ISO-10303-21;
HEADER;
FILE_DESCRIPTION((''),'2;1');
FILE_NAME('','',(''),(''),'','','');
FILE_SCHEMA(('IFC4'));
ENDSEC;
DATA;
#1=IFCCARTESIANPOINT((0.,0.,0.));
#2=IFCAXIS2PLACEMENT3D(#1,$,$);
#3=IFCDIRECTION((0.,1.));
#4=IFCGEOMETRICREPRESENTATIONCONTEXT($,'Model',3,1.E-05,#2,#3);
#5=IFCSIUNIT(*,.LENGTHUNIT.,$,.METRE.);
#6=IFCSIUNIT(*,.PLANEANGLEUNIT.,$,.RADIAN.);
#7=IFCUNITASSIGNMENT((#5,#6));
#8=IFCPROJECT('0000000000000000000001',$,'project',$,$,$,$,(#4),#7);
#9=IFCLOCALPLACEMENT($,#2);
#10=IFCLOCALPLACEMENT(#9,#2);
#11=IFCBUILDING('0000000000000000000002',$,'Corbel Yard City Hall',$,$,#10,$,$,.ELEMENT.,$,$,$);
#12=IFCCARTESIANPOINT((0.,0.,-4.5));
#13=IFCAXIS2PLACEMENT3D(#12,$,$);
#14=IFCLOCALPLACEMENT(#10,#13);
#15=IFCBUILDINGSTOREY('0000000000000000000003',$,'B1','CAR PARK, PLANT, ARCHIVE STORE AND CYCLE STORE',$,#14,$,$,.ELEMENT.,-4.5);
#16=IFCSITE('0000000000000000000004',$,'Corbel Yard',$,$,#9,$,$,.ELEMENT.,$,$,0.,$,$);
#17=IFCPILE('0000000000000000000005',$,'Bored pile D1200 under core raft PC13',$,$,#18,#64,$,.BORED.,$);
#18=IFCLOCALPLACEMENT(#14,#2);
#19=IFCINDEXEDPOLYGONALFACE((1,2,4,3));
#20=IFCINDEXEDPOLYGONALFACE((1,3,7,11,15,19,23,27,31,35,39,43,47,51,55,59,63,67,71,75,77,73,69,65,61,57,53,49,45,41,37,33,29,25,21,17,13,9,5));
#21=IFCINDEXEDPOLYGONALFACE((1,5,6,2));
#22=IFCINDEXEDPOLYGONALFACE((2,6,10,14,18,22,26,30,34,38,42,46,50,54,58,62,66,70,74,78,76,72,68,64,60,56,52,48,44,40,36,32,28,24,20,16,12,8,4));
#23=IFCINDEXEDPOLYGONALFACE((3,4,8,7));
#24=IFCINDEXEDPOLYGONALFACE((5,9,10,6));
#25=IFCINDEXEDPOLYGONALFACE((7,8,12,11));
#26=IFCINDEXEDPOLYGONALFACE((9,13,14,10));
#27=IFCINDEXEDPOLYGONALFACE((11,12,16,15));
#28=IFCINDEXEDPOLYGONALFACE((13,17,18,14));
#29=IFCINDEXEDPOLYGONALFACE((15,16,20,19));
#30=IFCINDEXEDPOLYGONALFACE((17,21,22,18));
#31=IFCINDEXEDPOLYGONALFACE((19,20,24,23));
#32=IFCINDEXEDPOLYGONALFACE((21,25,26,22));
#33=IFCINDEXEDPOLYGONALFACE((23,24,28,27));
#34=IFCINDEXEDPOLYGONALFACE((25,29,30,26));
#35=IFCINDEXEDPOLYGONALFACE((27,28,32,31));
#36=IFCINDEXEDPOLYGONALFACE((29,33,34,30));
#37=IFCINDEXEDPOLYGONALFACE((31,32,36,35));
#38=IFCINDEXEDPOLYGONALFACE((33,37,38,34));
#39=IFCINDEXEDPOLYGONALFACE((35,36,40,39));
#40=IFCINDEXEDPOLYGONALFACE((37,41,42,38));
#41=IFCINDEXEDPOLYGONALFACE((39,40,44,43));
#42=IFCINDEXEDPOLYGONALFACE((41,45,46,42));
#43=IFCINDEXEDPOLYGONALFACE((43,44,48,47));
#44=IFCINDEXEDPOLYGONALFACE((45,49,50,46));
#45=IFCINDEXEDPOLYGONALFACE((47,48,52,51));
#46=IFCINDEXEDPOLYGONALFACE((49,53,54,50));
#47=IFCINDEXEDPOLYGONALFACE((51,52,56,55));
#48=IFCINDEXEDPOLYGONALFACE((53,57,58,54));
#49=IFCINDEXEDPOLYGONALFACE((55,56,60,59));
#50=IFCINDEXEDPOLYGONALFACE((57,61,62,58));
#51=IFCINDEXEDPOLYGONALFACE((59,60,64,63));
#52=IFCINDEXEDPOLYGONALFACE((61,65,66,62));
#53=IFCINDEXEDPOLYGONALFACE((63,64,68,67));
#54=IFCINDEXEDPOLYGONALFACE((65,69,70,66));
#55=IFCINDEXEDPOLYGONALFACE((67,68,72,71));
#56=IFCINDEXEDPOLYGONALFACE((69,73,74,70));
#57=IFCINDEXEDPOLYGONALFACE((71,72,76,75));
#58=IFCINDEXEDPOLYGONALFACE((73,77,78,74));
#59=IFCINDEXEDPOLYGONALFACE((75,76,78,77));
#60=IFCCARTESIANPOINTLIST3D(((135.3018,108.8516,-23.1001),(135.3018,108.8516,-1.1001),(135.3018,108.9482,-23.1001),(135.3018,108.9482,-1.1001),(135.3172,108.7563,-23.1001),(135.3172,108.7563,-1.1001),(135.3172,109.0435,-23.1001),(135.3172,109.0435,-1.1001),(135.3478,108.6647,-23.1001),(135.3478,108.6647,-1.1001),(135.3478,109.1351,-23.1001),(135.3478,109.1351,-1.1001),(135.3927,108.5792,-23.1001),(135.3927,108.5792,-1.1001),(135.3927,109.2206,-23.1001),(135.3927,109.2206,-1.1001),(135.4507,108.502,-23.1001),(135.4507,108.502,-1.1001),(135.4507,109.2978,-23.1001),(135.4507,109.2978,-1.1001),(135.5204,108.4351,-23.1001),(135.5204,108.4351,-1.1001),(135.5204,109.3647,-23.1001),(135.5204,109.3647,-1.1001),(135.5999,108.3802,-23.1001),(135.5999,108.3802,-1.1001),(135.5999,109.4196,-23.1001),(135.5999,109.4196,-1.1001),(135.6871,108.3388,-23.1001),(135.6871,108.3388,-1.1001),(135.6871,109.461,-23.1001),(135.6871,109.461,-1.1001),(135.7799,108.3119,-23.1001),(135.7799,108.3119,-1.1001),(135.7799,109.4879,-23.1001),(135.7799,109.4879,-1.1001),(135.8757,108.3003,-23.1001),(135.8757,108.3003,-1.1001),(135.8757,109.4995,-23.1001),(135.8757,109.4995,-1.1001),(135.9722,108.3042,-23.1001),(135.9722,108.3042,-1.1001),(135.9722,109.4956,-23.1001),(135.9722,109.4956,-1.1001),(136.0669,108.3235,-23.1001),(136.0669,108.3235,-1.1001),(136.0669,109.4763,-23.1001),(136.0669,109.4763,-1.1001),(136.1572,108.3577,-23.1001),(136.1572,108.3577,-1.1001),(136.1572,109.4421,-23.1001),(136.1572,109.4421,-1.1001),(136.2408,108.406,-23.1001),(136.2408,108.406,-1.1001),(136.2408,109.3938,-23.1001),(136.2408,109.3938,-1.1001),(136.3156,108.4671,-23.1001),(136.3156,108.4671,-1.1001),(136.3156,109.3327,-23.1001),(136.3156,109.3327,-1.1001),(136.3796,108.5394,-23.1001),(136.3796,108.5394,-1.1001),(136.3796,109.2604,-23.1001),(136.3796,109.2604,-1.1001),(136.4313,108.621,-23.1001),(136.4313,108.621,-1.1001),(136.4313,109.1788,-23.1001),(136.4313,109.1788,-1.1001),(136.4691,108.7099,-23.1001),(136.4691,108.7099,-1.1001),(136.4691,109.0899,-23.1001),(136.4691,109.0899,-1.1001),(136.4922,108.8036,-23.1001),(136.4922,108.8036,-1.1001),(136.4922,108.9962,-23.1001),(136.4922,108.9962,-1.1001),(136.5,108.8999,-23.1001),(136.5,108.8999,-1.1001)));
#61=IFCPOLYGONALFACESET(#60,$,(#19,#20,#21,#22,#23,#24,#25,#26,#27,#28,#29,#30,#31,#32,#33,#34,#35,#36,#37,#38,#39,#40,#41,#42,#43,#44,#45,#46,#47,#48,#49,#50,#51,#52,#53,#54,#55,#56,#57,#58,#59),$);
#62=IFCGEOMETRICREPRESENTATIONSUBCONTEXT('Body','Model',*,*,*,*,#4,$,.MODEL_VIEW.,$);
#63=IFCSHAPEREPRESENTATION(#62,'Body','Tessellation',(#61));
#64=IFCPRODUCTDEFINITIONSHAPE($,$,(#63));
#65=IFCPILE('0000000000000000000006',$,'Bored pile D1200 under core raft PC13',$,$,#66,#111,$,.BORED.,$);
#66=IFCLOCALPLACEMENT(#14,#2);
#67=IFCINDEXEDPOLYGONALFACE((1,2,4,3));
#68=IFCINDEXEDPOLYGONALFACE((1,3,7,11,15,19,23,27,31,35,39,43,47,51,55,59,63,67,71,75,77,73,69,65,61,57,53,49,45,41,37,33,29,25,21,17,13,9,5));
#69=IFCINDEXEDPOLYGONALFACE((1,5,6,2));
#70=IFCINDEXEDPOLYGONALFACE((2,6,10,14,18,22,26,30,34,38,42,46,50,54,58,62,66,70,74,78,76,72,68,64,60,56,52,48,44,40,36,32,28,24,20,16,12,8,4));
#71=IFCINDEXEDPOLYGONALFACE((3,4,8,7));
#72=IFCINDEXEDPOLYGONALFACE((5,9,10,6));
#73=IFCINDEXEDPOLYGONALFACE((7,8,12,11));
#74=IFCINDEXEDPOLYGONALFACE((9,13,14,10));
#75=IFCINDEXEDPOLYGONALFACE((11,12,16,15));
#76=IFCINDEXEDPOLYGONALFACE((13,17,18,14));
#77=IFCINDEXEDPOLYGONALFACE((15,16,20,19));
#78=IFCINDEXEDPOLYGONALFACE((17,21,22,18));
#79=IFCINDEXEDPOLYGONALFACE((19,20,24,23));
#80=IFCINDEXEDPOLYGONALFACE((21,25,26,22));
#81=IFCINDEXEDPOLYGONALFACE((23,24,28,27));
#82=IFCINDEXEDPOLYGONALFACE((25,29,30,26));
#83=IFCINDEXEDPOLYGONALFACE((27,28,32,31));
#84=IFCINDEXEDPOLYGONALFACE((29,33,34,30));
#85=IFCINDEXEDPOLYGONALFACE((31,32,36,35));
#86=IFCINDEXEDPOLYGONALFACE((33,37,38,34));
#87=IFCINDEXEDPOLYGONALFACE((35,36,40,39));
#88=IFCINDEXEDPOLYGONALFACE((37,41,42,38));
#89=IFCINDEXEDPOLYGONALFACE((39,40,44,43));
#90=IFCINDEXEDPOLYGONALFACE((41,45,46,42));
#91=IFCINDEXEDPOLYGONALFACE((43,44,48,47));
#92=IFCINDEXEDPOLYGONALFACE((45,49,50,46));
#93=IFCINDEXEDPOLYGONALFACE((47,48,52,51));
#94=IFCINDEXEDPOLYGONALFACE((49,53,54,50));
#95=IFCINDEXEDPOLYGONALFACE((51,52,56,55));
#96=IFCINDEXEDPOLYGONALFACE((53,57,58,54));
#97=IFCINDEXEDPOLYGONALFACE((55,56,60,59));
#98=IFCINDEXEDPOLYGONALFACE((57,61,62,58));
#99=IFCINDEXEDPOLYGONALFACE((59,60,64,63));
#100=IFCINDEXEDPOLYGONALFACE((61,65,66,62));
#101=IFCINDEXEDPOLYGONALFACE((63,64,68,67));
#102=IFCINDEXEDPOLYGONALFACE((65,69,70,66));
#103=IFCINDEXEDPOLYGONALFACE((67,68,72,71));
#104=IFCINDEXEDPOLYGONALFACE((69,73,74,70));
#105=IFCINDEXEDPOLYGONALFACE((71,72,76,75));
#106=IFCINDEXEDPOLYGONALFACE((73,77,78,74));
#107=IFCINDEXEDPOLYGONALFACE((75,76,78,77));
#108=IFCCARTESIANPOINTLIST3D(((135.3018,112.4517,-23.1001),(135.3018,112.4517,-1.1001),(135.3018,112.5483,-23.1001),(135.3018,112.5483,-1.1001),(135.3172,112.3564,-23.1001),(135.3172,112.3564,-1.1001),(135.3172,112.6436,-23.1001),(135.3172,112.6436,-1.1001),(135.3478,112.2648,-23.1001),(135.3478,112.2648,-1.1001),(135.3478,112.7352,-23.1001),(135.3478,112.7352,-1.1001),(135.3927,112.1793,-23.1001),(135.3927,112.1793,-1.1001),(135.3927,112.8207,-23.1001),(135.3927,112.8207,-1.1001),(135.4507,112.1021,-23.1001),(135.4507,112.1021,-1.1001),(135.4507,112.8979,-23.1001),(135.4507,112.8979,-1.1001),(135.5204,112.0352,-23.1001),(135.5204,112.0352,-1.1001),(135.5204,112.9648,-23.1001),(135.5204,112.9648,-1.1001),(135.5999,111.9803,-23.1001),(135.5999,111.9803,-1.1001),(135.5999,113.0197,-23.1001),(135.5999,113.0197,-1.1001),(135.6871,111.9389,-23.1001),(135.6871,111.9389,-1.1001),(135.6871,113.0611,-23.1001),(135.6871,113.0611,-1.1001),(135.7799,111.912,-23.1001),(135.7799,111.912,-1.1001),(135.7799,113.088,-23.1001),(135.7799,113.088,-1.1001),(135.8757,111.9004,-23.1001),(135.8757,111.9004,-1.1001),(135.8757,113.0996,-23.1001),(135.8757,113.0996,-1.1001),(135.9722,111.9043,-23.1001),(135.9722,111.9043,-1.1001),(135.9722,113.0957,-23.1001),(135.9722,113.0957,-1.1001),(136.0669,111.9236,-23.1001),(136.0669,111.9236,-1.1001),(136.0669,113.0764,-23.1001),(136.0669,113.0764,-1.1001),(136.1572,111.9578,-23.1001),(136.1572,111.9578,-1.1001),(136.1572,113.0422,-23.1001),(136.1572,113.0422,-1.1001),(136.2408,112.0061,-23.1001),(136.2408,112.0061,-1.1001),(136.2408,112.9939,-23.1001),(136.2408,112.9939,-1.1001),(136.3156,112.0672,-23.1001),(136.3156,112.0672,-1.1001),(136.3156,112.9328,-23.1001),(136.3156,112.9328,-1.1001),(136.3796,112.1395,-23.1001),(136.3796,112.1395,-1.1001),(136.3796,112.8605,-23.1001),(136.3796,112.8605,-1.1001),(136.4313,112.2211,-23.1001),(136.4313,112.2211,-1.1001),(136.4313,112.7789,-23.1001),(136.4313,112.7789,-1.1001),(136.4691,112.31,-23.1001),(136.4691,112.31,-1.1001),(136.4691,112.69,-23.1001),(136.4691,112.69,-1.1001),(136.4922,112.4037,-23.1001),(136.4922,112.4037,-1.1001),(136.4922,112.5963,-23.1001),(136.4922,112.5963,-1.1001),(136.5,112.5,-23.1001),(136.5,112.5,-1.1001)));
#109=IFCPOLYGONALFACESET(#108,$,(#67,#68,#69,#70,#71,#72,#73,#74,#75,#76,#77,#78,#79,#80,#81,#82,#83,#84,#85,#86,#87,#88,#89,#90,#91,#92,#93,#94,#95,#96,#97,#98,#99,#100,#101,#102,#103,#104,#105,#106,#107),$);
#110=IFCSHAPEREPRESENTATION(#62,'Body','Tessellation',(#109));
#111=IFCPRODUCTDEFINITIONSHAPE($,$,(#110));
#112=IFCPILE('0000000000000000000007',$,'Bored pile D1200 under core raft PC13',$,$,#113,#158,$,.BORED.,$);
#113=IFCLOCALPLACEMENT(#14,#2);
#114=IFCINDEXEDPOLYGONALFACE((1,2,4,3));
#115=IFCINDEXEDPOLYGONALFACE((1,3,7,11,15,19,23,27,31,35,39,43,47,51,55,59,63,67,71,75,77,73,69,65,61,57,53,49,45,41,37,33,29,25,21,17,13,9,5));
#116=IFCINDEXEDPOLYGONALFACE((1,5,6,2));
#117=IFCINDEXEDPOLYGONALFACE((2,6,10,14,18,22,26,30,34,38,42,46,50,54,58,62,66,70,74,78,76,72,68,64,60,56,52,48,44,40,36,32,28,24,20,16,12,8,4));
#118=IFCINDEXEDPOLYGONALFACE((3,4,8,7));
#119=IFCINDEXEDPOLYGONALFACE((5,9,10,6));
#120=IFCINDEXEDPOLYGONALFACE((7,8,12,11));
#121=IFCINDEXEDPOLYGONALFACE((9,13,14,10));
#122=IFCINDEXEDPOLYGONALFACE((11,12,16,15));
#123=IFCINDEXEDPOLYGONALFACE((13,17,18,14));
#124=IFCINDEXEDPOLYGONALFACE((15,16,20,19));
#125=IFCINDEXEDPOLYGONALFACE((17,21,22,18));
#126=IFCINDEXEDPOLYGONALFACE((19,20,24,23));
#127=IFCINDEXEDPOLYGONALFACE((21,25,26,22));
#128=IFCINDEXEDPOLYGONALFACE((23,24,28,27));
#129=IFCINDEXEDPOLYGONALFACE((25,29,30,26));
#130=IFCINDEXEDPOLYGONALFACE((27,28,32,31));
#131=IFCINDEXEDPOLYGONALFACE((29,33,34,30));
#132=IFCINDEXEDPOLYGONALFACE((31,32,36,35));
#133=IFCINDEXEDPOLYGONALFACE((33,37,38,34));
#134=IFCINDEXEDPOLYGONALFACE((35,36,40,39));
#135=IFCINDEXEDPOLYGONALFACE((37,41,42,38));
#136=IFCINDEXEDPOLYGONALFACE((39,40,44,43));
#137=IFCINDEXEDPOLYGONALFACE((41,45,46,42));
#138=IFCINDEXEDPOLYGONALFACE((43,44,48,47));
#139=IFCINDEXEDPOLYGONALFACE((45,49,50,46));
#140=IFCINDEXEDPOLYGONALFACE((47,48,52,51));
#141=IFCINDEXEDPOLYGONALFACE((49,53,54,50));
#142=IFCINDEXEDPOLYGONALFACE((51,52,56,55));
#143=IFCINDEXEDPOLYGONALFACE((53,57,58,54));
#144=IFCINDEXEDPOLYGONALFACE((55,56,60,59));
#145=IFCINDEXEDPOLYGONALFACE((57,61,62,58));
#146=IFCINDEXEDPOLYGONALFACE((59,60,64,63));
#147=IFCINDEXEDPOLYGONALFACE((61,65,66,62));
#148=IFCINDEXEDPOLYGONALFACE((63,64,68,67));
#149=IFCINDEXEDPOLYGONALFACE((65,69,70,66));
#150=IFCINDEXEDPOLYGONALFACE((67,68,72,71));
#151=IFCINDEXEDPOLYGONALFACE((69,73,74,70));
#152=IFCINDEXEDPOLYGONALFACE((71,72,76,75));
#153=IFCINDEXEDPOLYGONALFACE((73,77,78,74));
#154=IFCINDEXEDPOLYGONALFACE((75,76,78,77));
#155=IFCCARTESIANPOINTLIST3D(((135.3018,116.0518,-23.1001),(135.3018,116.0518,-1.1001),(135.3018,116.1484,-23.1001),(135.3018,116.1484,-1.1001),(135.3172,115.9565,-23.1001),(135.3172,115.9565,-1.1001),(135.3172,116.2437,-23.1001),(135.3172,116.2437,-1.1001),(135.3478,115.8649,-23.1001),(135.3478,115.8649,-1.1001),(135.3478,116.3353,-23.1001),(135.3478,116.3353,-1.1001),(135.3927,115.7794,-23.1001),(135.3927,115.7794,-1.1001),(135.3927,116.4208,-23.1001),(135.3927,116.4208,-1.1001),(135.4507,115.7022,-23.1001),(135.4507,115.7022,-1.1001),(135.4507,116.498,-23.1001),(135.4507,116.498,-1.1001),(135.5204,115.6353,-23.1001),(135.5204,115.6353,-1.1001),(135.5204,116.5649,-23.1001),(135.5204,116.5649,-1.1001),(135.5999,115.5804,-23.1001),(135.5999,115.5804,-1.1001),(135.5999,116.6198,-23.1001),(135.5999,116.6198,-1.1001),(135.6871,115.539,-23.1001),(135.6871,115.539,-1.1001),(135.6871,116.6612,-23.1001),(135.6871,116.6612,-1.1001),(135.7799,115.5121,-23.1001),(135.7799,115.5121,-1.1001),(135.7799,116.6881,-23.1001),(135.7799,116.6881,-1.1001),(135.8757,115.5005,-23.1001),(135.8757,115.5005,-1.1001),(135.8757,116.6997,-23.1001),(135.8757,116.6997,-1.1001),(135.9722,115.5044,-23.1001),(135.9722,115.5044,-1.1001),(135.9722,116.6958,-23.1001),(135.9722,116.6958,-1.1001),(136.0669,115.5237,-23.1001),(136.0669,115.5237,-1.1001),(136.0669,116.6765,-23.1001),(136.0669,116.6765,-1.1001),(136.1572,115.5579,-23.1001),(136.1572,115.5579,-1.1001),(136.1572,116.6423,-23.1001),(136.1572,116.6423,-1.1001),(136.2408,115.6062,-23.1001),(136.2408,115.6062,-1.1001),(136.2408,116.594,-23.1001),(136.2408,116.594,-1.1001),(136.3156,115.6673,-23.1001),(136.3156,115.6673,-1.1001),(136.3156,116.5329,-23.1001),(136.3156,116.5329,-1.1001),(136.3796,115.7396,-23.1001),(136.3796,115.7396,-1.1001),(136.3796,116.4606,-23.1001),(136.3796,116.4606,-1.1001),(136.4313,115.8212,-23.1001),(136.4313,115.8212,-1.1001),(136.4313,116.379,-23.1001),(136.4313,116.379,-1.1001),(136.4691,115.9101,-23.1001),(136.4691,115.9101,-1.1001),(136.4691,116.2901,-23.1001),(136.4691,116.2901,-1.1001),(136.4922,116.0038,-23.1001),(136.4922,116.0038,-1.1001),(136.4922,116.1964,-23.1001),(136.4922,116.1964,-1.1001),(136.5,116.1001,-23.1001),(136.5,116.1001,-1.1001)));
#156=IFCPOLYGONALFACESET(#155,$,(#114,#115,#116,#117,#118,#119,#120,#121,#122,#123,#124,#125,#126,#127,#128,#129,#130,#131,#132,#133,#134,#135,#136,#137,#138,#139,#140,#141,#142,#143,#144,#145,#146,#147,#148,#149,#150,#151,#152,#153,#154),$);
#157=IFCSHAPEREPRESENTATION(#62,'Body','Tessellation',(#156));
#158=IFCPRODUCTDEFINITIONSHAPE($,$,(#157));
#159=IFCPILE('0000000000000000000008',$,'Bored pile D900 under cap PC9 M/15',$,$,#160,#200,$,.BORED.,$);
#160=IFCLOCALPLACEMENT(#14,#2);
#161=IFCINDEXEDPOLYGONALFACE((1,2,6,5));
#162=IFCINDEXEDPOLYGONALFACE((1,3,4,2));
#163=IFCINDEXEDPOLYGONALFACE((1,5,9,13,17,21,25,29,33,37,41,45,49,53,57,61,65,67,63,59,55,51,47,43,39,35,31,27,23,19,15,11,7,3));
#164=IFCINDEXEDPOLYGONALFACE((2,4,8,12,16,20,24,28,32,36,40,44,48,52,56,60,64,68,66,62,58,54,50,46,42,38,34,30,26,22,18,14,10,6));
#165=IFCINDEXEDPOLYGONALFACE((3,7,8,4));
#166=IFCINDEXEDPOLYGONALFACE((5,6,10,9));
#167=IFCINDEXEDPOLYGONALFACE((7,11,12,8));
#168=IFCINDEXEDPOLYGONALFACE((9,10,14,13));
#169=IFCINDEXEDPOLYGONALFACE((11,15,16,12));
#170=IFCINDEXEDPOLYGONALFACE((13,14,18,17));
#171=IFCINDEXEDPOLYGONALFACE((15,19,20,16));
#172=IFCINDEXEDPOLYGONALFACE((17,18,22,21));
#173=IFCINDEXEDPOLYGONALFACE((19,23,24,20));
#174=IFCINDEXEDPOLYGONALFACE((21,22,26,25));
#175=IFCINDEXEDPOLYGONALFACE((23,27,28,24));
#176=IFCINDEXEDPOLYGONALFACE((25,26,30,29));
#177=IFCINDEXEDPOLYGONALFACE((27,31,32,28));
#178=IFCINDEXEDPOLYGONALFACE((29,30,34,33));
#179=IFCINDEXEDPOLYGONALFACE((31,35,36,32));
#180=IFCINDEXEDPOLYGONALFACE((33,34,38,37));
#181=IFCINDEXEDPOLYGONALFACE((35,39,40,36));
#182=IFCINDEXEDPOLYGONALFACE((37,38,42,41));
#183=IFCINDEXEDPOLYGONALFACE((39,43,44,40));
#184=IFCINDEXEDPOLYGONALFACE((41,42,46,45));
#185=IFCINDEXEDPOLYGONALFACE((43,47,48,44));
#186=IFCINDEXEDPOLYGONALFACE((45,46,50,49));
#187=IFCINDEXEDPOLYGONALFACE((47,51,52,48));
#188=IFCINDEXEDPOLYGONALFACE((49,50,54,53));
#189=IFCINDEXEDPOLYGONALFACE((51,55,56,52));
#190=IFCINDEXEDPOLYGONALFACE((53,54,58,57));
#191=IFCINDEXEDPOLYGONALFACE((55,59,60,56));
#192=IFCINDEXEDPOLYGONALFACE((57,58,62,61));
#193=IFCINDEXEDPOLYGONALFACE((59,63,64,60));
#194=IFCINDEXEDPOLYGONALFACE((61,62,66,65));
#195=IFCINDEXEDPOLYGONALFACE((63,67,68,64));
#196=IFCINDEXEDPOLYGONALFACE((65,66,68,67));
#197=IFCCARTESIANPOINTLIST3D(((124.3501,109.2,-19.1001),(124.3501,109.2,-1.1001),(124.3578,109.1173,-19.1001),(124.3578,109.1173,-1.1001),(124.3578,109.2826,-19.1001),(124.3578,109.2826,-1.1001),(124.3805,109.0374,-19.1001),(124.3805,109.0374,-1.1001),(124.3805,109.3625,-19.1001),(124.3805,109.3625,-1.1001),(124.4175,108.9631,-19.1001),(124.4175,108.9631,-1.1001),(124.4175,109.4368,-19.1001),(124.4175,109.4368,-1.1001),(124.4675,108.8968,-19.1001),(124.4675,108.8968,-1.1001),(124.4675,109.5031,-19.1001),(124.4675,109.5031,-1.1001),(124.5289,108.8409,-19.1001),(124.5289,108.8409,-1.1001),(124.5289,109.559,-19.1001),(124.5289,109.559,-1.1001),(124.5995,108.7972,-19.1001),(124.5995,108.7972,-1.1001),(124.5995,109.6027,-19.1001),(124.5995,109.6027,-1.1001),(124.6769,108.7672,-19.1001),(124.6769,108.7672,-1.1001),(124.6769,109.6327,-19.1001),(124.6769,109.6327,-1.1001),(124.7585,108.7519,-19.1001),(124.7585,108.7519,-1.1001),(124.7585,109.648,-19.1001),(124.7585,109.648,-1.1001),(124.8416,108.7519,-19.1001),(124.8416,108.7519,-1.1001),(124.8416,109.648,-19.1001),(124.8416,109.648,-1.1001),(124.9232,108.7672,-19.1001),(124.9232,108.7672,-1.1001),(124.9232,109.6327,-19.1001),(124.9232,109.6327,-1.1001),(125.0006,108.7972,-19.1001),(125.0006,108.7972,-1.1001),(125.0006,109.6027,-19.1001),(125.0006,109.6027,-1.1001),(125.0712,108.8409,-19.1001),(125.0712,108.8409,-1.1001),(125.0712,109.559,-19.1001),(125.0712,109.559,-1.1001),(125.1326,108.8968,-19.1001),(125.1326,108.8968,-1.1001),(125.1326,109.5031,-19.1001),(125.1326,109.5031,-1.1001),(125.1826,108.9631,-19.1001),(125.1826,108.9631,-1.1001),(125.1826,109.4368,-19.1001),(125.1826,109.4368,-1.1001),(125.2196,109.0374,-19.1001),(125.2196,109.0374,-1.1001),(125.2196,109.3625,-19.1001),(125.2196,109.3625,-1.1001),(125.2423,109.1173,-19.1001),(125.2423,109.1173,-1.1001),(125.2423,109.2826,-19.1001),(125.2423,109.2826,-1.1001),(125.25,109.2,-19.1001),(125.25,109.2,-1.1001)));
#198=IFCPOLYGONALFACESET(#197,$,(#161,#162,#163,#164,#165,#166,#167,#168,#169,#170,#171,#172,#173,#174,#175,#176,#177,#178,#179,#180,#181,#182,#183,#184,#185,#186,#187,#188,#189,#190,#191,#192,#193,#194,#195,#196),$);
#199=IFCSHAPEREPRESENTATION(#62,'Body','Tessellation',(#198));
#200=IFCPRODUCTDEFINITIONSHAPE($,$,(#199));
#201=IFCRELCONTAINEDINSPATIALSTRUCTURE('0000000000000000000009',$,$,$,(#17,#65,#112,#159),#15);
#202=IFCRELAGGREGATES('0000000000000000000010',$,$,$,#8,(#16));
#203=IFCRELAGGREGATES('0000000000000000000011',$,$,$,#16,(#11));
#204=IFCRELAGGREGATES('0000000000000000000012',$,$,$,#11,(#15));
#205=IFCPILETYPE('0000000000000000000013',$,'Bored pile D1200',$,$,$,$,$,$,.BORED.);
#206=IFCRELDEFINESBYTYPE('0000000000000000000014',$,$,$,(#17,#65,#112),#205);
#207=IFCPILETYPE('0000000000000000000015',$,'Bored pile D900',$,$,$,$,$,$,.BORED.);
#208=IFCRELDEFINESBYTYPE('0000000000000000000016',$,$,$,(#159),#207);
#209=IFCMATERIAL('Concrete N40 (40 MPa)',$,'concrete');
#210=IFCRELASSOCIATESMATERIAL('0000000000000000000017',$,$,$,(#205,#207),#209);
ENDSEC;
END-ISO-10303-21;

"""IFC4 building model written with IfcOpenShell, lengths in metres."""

from ifc_helpers import new_model, si_unit, direction, frame, origin, origin_2d, place, context, subcontext, project, spatial, circle, extrude, material, material_profile, profile_set, type_object, element, save


model = new_model("IFC4")

# Units and contexts
model_context = context("Model", 3, precision=1e-05, world=origin(), true_north=direction((0.0, 1.0)))
body_context = subcontext(model_context, "Body", "Model", "MODEL_VIEW")
ifc_project = project(units=[si_unit("LENGTHUNIT", "METRE"), si_unit("PLANEANGLEUNIT", "RADIAN")], contexts=[model_context])

# Site, building, storey
site_placement = place(None, origin())
site = spatial("IfcSite", under=ifc_project, at=site_placement, Name="Corbel Yard", CompositionType="ELEMENT", RefElevation=0.0)
building_placement = place(site_placement, origin())
building = spatial("IfcBuilding", under=site, at=building_placement, Name="Corbel Yard City Hall", CompositionType="ELEMENT")
storey_placement = place(building_placement, frame((0.0, 0.0, -4.5)))
storey = spatial("IfcBuildingStorey", under=building, at=storey_placement, Name="B1", Description="CAR PARK, PLANT, ARCHIVE STORE AND CYCLE STORE", CompositionType="ELEMENT", Elevation=-4.5)

# Piles
ifc_material_1 = material(Name="Concrete N40 (40 MPa)", Category="concrete")
ifc_material_profile_1 = material_profile(ifc_material_1, circle(Radius=0.6001, at=origin_2d()), Name="D1200")
ifc_profile_set_1 = profile_set([ifc_material_profile_1], Name="Concrete N40 (40 MPa)")
pile_type_1 = type_object("IfcPileType", Name="Bored pile D1200", PredefinedType="BORED", material=ifc_profile_set_1)
for number, where, z_axis, x_axis, name in (
    (1, (135.8999, 108.8999, -1.1001), (0.0, 0.0, -1.0), (1.0, 0.0, 0.0), "Bored pile D1200 under core raft PC13"),
    (2, (135.8999, 112.5, -1.1001), (0.0, 0.0, -1.0), (1.0, 0.0, 0.0), "Bored pile D1200 under core raft PC13"),
    (3, (135.8999, 116.1001, -1.1001), (0.0, 0.0, -1.0), (1.0, 0.0, 0.0), "Bored pile D1200 under core raft PC13"),
):
    element("IfcPile", number, at=place(storey_placement, frame(where, z_axis=z_axis, x_axis=x_axis)), inside=storey, type_object=pile_type_1, Name=name, PredefinedType="BORED", context=body_context, shape_type="SweptSolid", body=[
        extrude(circle(Radius=0.6001, at=origin_2d()), origin(), (0.0, 0.0, 1.0), 22.0),
    ])
ifc_material_profile_2 = material_profile(ifc_material_1, circle(Radius=0.45, at=origin_2d()), Name="D900")
ifc_profile_set_2 = profile_set([ifc_material_profile_2], Name="Concrete N40 (40 MPa)")
pile_type_2 = type_object("IfcPileType", Name="Bored pile D900", PredefinedType="BORED", material=ifc_profile_set_2)
for number, where, z_axis, x_axis, name in (
    (4, (124.8, 109.2, -1.1001), (0.0, 0.0, -1.0), (1.0, 0.0, 0.0), "Bored pile D900 under cap PC9 M/15"),
):
    element("IfcPile", number, at=place(storey_placement, frame(where, z_axis=z_axis, x_axis=x_axis)), inside=storey, type_object=pile_type_2, Name=name, PredefinedType="BORED", context=body_context, shape_type="SweptSolid", body=[
        extrude(circle(Radius=0.45, at=origin_2d()), origin(), (0.0, 0.0, 1.0), 18.0),
    ])

save(model, "model.ifc")
